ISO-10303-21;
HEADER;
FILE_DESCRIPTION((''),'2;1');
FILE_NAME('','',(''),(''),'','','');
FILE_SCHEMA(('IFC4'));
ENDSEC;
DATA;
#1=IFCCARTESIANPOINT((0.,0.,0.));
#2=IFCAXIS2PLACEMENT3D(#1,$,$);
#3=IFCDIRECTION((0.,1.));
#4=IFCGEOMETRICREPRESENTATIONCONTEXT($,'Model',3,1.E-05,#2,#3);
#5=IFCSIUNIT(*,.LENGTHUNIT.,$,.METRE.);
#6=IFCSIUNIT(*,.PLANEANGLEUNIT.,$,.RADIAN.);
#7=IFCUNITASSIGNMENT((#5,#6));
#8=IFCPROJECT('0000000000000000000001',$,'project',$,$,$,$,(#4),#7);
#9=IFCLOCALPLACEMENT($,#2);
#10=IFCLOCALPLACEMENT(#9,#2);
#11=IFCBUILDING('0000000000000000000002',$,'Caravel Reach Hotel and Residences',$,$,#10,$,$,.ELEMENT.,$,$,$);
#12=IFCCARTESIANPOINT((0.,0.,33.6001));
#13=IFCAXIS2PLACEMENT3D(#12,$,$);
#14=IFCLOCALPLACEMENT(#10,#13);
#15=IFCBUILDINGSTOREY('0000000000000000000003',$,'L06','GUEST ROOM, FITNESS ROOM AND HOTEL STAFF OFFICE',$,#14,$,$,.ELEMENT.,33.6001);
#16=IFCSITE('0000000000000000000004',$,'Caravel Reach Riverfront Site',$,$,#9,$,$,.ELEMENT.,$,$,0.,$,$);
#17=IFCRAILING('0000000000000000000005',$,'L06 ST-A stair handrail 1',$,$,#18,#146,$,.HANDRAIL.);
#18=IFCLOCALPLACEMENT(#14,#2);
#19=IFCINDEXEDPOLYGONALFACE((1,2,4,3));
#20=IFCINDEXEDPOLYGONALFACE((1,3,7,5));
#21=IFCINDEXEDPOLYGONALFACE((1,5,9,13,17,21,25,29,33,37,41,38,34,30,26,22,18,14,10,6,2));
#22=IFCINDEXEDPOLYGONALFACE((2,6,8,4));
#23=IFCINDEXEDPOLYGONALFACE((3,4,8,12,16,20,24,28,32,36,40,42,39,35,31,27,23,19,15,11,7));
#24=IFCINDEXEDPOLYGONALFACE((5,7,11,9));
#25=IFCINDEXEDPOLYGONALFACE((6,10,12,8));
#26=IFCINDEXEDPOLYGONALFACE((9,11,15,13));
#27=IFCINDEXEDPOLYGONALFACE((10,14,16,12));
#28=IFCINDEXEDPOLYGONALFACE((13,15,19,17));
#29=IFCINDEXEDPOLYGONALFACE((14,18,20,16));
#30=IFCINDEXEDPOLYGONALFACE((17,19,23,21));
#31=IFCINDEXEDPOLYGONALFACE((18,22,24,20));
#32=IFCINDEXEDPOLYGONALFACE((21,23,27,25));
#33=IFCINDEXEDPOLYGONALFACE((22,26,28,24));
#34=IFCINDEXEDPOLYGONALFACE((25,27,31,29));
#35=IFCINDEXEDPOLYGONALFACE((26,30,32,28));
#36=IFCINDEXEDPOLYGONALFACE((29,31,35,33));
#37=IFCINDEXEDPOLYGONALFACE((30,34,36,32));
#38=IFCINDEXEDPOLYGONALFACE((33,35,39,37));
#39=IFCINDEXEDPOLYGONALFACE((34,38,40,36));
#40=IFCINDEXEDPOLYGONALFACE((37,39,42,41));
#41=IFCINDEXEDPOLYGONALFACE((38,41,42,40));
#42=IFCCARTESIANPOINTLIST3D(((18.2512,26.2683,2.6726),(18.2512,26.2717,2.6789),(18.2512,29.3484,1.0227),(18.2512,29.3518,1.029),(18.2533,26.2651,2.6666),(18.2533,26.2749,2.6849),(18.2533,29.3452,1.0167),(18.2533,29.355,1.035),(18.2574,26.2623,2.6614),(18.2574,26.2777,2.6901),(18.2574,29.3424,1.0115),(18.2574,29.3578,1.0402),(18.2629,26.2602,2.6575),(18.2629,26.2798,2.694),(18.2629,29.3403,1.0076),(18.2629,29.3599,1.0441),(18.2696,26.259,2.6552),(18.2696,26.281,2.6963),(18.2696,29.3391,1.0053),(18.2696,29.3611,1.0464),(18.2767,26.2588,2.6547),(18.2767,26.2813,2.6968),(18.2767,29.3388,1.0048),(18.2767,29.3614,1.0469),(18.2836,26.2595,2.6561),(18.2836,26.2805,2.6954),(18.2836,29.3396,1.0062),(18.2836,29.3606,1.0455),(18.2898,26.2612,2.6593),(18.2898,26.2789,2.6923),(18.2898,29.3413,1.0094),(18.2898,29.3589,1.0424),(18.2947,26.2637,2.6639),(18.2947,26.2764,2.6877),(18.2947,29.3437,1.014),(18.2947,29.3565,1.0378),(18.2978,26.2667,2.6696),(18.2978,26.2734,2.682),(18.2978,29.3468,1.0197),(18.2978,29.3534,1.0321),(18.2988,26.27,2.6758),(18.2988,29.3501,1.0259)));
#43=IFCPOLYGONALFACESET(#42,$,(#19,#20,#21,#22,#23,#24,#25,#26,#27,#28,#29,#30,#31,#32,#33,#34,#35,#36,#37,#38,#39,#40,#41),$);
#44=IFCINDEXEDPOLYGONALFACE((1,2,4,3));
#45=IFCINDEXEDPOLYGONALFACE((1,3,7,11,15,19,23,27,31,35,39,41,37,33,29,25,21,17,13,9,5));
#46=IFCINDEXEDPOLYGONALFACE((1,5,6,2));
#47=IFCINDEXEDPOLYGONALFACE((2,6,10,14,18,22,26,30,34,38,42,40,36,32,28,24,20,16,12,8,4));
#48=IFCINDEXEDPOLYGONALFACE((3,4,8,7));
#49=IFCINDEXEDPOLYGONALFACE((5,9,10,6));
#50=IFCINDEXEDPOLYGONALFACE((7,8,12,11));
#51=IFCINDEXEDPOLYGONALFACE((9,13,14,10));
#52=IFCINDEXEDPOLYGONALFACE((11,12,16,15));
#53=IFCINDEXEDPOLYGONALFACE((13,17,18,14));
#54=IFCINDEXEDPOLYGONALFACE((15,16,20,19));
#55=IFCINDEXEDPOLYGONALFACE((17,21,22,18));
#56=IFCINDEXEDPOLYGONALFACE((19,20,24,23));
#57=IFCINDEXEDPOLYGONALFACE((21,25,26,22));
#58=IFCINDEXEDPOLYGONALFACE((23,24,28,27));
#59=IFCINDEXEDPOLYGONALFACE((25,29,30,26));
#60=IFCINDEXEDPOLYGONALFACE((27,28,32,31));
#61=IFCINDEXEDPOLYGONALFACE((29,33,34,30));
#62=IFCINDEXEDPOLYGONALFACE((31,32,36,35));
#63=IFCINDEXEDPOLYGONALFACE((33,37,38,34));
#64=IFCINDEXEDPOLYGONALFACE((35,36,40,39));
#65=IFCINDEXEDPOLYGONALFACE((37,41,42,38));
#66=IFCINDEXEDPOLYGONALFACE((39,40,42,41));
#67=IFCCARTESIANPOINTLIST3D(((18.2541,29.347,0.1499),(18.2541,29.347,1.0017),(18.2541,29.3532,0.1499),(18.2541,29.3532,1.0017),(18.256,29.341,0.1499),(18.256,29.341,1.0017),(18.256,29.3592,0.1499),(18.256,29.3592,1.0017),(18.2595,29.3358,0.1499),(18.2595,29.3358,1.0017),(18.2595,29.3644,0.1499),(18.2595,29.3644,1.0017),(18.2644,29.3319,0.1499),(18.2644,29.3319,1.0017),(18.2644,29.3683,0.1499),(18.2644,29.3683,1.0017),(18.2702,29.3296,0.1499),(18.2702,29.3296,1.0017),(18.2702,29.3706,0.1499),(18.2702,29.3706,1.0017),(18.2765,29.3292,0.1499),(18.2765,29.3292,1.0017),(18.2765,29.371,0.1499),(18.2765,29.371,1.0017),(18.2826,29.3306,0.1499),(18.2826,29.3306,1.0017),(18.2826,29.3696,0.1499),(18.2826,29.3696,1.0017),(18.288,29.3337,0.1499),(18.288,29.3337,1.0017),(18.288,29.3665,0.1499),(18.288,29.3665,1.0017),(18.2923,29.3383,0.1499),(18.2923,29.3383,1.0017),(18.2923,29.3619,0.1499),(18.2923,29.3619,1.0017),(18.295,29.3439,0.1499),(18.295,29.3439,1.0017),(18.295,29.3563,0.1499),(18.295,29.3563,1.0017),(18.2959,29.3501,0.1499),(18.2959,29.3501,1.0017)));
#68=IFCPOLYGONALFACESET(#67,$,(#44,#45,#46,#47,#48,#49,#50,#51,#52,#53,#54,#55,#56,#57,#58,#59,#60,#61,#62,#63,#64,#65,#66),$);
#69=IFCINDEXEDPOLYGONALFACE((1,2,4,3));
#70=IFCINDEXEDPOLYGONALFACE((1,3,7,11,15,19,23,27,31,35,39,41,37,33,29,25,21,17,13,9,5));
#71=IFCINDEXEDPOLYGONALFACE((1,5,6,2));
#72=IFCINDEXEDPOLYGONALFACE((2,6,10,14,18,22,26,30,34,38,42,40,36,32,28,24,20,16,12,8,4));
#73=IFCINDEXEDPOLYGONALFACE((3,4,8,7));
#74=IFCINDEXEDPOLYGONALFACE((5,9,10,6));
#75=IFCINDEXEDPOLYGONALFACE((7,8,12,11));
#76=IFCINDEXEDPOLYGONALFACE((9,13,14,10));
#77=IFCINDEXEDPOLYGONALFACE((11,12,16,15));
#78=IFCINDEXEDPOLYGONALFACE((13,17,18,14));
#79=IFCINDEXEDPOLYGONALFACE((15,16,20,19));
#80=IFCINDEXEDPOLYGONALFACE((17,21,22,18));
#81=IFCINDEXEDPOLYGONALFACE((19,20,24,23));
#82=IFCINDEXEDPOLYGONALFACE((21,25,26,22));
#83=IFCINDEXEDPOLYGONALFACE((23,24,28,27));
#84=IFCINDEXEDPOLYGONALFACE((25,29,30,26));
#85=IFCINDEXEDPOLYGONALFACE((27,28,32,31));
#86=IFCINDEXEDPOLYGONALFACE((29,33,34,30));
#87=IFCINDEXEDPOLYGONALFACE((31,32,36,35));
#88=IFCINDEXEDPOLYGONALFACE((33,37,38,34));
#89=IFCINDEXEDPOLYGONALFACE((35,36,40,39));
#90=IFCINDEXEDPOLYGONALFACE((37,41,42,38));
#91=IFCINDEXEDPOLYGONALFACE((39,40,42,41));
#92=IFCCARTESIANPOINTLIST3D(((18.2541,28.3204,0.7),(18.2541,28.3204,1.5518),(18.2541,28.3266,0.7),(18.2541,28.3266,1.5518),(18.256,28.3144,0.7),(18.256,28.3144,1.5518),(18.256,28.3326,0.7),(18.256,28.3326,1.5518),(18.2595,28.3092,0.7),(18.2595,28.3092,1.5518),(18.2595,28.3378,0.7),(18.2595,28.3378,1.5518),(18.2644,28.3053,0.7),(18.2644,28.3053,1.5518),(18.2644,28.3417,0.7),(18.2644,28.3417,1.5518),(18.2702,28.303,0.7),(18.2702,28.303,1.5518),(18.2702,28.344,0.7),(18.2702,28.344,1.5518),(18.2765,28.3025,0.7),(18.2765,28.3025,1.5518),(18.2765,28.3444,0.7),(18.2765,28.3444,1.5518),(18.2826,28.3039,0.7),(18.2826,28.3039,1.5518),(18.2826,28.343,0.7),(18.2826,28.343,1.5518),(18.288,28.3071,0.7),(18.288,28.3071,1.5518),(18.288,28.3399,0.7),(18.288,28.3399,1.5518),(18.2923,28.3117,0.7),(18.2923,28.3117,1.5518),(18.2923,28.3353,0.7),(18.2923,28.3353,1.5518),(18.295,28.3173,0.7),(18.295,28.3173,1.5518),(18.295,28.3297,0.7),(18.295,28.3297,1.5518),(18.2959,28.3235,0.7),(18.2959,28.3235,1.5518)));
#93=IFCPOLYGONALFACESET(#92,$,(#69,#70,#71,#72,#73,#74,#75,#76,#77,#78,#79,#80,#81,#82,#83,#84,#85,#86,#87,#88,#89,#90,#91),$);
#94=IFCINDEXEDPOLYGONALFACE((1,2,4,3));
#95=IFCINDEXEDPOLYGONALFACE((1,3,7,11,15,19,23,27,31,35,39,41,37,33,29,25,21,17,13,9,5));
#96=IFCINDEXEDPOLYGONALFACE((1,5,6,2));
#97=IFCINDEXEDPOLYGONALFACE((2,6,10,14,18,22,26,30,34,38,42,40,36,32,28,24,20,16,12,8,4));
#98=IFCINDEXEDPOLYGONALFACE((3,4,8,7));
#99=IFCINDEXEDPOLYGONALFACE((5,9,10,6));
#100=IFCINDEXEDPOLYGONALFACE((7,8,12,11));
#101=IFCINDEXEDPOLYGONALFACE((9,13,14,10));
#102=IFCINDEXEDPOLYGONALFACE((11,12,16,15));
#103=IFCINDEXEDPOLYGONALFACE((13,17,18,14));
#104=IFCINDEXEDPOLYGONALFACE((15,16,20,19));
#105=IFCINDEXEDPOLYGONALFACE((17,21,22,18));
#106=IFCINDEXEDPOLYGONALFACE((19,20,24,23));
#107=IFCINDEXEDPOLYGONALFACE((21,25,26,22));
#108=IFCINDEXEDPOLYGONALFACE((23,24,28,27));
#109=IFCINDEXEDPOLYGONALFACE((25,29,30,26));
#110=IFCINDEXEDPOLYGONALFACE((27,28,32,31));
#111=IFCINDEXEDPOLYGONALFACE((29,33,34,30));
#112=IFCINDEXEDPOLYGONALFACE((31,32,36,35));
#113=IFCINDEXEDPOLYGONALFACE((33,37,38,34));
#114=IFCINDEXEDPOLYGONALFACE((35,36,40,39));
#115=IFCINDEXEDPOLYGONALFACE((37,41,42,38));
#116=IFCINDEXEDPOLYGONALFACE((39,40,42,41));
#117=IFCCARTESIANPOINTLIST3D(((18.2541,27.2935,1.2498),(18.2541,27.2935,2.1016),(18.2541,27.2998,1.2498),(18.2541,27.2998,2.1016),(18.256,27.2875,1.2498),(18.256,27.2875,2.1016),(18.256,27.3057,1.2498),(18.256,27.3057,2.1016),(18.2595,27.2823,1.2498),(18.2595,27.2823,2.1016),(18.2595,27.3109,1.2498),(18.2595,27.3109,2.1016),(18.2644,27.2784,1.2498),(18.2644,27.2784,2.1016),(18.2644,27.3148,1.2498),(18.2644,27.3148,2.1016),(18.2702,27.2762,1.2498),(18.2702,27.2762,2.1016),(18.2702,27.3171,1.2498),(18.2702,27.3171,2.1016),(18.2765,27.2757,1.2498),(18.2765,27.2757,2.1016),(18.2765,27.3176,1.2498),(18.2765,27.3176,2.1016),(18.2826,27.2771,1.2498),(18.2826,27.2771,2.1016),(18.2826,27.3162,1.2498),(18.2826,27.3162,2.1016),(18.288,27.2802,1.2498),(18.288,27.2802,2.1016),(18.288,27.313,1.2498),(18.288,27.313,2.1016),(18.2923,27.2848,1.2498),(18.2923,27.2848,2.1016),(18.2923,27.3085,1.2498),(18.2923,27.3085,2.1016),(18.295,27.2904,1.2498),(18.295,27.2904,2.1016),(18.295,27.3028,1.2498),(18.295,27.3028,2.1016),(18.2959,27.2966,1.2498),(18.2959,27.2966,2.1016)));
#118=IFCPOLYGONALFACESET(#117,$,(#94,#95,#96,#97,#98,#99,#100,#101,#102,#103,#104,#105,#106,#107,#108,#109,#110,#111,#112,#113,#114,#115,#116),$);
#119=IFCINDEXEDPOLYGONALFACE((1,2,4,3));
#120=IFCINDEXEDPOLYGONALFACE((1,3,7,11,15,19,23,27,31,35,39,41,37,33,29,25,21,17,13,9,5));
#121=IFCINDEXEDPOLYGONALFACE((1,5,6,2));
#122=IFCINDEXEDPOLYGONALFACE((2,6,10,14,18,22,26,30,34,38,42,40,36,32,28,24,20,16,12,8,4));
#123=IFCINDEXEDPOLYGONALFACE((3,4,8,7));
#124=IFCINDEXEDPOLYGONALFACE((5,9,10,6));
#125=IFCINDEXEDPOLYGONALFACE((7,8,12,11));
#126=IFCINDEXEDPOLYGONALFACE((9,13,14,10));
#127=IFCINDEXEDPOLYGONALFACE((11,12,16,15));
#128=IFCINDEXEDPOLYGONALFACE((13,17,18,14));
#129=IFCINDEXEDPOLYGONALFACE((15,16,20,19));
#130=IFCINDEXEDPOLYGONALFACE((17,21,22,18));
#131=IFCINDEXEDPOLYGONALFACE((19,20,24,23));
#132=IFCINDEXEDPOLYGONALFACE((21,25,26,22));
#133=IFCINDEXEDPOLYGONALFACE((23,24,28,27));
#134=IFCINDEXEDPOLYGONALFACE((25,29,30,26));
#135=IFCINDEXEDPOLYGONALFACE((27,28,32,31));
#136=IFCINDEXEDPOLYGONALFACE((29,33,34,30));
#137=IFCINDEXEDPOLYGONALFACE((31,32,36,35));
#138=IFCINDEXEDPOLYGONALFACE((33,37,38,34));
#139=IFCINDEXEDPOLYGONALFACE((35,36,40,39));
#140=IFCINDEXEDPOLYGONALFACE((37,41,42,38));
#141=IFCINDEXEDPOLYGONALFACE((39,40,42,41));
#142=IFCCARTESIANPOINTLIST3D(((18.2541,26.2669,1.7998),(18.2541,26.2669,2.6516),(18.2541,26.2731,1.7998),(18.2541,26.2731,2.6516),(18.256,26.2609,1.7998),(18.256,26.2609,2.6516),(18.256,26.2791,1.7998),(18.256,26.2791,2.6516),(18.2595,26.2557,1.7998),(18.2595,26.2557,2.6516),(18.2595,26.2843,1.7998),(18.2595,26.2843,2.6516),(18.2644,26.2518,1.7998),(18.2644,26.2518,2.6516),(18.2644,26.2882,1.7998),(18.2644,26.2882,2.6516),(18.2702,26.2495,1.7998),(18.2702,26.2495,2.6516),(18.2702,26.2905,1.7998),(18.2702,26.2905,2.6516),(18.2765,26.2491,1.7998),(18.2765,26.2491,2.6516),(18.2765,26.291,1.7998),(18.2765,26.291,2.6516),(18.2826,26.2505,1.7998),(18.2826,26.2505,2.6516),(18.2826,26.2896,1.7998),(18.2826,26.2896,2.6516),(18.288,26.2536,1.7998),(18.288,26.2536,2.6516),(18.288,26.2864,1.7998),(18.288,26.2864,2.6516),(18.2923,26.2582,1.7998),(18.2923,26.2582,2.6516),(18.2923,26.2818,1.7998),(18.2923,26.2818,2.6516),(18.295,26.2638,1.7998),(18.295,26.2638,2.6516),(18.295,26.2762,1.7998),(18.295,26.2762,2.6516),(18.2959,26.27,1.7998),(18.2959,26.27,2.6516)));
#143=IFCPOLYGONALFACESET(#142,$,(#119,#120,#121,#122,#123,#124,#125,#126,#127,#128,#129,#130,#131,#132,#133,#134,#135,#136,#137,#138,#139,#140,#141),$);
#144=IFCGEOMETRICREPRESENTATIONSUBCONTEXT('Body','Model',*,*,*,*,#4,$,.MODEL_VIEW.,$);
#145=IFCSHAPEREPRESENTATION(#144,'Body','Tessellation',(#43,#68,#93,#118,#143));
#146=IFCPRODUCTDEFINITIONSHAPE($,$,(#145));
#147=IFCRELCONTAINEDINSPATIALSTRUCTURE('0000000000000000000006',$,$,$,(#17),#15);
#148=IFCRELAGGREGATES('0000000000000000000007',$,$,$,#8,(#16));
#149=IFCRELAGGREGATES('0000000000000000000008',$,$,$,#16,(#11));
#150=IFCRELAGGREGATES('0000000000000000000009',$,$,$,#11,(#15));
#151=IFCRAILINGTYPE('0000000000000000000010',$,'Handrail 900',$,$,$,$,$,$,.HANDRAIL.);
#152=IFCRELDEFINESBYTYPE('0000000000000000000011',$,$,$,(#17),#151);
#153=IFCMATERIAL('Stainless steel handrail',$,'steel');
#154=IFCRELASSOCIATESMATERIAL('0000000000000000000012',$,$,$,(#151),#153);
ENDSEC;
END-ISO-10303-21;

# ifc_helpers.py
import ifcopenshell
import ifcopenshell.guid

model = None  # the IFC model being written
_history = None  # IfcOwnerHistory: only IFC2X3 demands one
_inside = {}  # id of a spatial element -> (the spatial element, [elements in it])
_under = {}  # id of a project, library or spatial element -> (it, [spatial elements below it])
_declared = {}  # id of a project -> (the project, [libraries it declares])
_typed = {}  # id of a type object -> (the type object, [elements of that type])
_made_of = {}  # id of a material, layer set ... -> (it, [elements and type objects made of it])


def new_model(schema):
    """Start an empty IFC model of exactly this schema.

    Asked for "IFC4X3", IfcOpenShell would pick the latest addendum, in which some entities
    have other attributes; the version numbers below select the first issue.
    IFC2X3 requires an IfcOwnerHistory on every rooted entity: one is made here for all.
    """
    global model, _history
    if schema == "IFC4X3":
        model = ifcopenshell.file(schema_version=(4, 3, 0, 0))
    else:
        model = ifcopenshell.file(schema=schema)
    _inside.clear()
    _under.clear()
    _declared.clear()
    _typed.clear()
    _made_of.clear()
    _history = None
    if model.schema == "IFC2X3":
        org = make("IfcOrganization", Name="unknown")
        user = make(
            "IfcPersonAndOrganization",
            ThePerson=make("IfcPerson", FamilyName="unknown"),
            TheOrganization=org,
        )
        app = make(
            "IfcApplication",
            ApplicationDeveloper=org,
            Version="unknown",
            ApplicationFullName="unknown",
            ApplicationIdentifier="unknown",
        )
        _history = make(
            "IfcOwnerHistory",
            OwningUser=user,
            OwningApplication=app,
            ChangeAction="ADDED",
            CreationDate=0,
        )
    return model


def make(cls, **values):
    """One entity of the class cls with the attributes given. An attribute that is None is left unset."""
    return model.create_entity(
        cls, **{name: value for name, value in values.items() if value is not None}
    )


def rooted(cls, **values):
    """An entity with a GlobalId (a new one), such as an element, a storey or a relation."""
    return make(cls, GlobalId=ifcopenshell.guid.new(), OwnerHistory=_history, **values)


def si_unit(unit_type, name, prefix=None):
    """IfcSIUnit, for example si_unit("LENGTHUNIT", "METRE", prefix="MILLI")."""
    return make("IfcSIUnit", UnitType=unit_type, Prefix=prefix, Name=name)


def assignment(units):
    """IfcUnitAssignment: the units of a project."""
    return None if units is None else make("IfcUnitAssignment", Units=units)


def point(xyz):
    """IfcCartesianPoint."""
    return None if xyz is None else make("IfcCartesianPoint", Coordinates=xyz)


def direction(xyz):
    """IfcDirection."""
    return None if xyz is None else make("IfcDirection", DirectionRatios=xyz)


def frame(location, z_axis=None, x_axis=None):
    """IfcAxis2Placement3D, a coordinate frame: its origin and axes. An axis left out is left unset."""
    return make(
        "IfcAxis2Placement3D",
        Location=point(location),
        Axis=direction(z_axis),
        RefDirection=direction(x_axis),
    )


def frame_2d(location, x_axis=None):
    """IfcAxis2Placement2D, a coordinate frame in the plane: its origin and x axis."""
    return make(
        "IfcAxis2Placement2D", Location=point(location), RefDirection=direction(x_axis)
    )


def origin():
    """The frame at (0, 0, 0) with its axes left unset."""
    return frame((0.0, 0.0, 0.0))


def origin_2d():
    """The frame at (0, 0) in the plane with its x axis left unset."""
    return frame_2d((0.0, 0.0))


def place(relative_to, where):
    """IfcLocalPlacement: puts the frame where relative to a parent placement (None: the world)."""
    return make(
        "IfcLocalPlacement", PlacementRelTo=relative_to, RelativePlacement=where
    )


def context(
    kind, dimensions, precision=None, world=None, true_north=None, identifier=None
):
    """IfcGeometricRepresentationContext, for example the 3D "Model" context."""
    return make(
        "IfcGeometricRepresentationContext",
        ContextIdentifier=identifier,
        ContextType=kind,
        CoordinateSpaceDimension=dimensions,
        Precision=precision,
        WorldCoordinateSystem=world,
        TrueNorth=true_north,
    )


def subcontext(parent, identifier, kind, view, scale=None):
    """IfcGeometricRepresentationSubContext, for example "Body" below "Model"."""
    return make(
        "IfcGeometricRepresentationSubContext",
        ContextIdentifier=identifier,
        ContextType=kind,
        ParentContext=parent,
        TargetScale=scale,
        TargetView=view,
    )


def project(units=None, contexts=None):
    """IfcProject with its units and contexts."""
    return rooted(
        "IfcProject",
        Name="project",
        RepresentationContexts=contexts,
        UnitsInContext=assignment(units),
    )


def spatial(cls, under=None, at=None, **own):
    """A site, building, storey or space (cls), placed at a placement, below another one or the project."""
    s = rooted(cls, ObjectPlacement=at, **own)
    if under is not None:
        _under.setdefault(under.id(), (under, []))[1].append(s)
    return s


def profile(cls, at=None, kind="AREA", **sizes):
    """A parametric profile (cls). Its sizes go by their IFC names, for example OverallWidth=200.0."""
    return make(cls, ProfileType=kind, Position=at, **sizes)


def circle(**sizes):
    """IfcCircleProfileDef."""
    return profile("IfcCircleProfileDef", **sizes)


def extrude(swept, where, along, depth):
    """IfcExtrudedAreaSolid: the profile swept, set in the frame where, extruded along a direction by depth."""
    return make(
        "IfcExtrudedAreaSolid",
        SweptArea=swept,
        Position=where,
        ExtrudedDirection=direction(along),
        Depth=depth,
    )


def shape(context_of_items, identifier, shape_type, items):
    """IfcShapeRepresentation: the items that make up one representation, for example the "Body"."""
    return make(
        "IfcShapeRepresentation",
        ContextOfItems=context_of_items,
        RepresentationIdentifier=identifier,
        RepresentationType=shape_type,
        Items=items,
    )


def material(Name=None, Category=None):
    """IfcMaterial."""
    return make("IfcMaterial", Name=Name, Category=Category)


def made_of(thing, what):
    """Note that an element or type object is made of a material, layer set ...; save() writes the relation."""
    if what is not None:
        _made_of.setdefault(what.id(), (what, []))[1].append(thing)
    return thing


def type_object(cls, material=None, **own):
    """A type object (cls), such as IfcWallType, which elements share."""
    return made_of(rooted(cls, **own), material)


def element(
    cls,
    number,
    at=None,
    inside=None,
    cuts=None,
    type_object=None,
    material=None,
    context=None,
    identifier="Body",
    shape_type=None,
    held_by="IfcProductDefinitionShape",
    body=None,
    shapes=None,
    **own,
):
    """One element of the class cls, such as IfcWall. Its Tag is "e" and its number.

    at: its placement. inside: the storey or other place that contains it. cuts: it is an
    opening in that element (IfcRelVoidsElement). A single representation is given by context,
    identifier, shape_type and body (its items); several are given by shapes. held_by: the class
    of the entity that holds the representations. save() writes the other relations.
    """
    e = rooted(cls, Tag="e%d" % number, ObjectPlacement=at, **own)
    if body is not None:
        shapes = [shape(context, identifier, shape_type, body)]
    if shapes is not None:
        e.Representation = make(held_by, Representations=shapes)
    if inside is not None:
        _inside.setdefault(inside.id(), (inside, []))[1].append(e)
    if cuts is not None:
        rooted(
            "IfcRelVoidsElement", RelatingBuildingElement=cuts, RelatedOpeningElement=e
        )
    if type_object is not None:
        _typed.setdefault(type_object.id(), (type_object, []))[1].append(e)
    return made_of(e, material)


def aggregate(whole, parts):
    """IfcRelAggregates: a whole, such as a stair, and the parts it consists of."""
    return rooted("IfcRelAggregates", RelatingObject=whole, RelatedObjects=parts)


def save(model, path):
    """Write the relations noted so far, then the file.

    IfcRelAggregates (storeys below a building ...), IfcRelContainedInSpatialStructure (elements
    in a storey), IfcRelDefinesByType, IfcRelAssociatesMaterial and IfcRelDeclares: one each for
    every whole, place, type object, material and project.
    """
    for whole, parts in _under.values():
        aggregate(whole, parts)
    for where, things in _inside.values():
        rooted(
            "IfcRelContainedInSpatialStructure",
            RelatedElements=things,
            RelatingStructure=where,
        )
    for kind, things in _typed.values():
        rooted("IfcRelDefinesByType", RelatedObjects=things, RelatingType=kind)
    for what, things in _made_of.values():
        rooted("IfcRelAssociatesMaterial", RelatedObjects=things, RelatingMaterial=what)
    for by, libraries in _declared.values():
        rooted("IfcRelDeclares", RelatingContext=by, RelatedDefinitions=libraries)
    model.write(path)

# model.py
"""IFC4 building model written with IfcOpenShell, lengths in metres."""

from ifc_helpers import new_model, si_unit, direction, frame, origin, origin_2d, place, context, subcontext, project, spatial, circle, extrude, material, type_object, element, save


model = new_model("IFC4")

# Units and contexts
model_context = context("Model", 3, precision=1e-05, world=origin(), true_north=direction((0.0, 1.0)))
body_context = subcontext(model_context, "Body", "Model", "MODEL_VIEW")
ifc_project = project(units=[si_unit("LENGTHUNIT", "METRE"), si_unit("PLANEANGLEUNIT", "RADIAN")], contexts=[model_context])

# Site, building, storey
site_placement = place(None, origin())
site = spatial("IfcSite", under=ifc_project, at=site_placement, Name="Caravel Reach Riverfront Site", CompositionType="ELEMENT", RefElevation=0.0)
building_placement = place(site_placement, origin())
building = spatial("IfcBuilding", under=site, at=building_placement, Name="Caravel Reach Hotel and Residences", CompositionType="ELEMENT")
storey_placement = place(building_placement, frame((0.0, 0.0, 33.6001)))
storey = spatial("IfcBuildingStorey", under=building, at=storey_placement, Name="L06", Description="GUEST ROOM, FITNESS ROOM AND HOTEL STAFF OFFICE", CompositionType="ELEMENT", Elevation=33.6001)

# Railing
ifc_material_1 = material(Name="Stainless steel handrail", Category="steel")
railing_type_1 = type_object("IfcRailingType", Name="Handrail 900", PredefinedType="HANDRAIL", material=ifc_material_1)
railing_1_placement = place(storey_placement, frame((18.2749, 29.3501, 0.1499)))
element("IfcRailing", 1, at=railing_1_placement, inside=storey, type_object=railing_type_1, Name="L06 ST-A stair handrail 1", PredefinedType="HANDRAIL", context=body_context, shape_type="SweptSolid", body=[
    extrude(circle(Radius=0.0239, at=origin_2d()), frame((0.0, 0.0, 0.876), z_axis=(0.0, -0.881497, 0.47219), x_axis=(1.0, 0.0, 0.0)), (0.0, 0.0, 1.0), 3.4941),
    extrude(circle(Radius=0.021, at=origin_2d()), origin(), (0.0, 0.0, 1.0), 0.8518),
    extrude(circle(Radius=0.021, at=origin_2d()), frame((0.0, -1.0266, 0.55)), (0.0, 0.0, 1.0), 0.8518),
    extrude(circle(Radius=0.021, at=origin_2d()), frame((0.0, -2.0535, 1.0999)), (0.0, 0.0, 1.0), 0.8518),
    extrude(circle(Radius=0.021, at=origin_2d()), frame((0.0, -3.0801, 1.6499)), (0.0, 0.0, 1.0), 0.8518),
])

save(model, "model.ifc")
